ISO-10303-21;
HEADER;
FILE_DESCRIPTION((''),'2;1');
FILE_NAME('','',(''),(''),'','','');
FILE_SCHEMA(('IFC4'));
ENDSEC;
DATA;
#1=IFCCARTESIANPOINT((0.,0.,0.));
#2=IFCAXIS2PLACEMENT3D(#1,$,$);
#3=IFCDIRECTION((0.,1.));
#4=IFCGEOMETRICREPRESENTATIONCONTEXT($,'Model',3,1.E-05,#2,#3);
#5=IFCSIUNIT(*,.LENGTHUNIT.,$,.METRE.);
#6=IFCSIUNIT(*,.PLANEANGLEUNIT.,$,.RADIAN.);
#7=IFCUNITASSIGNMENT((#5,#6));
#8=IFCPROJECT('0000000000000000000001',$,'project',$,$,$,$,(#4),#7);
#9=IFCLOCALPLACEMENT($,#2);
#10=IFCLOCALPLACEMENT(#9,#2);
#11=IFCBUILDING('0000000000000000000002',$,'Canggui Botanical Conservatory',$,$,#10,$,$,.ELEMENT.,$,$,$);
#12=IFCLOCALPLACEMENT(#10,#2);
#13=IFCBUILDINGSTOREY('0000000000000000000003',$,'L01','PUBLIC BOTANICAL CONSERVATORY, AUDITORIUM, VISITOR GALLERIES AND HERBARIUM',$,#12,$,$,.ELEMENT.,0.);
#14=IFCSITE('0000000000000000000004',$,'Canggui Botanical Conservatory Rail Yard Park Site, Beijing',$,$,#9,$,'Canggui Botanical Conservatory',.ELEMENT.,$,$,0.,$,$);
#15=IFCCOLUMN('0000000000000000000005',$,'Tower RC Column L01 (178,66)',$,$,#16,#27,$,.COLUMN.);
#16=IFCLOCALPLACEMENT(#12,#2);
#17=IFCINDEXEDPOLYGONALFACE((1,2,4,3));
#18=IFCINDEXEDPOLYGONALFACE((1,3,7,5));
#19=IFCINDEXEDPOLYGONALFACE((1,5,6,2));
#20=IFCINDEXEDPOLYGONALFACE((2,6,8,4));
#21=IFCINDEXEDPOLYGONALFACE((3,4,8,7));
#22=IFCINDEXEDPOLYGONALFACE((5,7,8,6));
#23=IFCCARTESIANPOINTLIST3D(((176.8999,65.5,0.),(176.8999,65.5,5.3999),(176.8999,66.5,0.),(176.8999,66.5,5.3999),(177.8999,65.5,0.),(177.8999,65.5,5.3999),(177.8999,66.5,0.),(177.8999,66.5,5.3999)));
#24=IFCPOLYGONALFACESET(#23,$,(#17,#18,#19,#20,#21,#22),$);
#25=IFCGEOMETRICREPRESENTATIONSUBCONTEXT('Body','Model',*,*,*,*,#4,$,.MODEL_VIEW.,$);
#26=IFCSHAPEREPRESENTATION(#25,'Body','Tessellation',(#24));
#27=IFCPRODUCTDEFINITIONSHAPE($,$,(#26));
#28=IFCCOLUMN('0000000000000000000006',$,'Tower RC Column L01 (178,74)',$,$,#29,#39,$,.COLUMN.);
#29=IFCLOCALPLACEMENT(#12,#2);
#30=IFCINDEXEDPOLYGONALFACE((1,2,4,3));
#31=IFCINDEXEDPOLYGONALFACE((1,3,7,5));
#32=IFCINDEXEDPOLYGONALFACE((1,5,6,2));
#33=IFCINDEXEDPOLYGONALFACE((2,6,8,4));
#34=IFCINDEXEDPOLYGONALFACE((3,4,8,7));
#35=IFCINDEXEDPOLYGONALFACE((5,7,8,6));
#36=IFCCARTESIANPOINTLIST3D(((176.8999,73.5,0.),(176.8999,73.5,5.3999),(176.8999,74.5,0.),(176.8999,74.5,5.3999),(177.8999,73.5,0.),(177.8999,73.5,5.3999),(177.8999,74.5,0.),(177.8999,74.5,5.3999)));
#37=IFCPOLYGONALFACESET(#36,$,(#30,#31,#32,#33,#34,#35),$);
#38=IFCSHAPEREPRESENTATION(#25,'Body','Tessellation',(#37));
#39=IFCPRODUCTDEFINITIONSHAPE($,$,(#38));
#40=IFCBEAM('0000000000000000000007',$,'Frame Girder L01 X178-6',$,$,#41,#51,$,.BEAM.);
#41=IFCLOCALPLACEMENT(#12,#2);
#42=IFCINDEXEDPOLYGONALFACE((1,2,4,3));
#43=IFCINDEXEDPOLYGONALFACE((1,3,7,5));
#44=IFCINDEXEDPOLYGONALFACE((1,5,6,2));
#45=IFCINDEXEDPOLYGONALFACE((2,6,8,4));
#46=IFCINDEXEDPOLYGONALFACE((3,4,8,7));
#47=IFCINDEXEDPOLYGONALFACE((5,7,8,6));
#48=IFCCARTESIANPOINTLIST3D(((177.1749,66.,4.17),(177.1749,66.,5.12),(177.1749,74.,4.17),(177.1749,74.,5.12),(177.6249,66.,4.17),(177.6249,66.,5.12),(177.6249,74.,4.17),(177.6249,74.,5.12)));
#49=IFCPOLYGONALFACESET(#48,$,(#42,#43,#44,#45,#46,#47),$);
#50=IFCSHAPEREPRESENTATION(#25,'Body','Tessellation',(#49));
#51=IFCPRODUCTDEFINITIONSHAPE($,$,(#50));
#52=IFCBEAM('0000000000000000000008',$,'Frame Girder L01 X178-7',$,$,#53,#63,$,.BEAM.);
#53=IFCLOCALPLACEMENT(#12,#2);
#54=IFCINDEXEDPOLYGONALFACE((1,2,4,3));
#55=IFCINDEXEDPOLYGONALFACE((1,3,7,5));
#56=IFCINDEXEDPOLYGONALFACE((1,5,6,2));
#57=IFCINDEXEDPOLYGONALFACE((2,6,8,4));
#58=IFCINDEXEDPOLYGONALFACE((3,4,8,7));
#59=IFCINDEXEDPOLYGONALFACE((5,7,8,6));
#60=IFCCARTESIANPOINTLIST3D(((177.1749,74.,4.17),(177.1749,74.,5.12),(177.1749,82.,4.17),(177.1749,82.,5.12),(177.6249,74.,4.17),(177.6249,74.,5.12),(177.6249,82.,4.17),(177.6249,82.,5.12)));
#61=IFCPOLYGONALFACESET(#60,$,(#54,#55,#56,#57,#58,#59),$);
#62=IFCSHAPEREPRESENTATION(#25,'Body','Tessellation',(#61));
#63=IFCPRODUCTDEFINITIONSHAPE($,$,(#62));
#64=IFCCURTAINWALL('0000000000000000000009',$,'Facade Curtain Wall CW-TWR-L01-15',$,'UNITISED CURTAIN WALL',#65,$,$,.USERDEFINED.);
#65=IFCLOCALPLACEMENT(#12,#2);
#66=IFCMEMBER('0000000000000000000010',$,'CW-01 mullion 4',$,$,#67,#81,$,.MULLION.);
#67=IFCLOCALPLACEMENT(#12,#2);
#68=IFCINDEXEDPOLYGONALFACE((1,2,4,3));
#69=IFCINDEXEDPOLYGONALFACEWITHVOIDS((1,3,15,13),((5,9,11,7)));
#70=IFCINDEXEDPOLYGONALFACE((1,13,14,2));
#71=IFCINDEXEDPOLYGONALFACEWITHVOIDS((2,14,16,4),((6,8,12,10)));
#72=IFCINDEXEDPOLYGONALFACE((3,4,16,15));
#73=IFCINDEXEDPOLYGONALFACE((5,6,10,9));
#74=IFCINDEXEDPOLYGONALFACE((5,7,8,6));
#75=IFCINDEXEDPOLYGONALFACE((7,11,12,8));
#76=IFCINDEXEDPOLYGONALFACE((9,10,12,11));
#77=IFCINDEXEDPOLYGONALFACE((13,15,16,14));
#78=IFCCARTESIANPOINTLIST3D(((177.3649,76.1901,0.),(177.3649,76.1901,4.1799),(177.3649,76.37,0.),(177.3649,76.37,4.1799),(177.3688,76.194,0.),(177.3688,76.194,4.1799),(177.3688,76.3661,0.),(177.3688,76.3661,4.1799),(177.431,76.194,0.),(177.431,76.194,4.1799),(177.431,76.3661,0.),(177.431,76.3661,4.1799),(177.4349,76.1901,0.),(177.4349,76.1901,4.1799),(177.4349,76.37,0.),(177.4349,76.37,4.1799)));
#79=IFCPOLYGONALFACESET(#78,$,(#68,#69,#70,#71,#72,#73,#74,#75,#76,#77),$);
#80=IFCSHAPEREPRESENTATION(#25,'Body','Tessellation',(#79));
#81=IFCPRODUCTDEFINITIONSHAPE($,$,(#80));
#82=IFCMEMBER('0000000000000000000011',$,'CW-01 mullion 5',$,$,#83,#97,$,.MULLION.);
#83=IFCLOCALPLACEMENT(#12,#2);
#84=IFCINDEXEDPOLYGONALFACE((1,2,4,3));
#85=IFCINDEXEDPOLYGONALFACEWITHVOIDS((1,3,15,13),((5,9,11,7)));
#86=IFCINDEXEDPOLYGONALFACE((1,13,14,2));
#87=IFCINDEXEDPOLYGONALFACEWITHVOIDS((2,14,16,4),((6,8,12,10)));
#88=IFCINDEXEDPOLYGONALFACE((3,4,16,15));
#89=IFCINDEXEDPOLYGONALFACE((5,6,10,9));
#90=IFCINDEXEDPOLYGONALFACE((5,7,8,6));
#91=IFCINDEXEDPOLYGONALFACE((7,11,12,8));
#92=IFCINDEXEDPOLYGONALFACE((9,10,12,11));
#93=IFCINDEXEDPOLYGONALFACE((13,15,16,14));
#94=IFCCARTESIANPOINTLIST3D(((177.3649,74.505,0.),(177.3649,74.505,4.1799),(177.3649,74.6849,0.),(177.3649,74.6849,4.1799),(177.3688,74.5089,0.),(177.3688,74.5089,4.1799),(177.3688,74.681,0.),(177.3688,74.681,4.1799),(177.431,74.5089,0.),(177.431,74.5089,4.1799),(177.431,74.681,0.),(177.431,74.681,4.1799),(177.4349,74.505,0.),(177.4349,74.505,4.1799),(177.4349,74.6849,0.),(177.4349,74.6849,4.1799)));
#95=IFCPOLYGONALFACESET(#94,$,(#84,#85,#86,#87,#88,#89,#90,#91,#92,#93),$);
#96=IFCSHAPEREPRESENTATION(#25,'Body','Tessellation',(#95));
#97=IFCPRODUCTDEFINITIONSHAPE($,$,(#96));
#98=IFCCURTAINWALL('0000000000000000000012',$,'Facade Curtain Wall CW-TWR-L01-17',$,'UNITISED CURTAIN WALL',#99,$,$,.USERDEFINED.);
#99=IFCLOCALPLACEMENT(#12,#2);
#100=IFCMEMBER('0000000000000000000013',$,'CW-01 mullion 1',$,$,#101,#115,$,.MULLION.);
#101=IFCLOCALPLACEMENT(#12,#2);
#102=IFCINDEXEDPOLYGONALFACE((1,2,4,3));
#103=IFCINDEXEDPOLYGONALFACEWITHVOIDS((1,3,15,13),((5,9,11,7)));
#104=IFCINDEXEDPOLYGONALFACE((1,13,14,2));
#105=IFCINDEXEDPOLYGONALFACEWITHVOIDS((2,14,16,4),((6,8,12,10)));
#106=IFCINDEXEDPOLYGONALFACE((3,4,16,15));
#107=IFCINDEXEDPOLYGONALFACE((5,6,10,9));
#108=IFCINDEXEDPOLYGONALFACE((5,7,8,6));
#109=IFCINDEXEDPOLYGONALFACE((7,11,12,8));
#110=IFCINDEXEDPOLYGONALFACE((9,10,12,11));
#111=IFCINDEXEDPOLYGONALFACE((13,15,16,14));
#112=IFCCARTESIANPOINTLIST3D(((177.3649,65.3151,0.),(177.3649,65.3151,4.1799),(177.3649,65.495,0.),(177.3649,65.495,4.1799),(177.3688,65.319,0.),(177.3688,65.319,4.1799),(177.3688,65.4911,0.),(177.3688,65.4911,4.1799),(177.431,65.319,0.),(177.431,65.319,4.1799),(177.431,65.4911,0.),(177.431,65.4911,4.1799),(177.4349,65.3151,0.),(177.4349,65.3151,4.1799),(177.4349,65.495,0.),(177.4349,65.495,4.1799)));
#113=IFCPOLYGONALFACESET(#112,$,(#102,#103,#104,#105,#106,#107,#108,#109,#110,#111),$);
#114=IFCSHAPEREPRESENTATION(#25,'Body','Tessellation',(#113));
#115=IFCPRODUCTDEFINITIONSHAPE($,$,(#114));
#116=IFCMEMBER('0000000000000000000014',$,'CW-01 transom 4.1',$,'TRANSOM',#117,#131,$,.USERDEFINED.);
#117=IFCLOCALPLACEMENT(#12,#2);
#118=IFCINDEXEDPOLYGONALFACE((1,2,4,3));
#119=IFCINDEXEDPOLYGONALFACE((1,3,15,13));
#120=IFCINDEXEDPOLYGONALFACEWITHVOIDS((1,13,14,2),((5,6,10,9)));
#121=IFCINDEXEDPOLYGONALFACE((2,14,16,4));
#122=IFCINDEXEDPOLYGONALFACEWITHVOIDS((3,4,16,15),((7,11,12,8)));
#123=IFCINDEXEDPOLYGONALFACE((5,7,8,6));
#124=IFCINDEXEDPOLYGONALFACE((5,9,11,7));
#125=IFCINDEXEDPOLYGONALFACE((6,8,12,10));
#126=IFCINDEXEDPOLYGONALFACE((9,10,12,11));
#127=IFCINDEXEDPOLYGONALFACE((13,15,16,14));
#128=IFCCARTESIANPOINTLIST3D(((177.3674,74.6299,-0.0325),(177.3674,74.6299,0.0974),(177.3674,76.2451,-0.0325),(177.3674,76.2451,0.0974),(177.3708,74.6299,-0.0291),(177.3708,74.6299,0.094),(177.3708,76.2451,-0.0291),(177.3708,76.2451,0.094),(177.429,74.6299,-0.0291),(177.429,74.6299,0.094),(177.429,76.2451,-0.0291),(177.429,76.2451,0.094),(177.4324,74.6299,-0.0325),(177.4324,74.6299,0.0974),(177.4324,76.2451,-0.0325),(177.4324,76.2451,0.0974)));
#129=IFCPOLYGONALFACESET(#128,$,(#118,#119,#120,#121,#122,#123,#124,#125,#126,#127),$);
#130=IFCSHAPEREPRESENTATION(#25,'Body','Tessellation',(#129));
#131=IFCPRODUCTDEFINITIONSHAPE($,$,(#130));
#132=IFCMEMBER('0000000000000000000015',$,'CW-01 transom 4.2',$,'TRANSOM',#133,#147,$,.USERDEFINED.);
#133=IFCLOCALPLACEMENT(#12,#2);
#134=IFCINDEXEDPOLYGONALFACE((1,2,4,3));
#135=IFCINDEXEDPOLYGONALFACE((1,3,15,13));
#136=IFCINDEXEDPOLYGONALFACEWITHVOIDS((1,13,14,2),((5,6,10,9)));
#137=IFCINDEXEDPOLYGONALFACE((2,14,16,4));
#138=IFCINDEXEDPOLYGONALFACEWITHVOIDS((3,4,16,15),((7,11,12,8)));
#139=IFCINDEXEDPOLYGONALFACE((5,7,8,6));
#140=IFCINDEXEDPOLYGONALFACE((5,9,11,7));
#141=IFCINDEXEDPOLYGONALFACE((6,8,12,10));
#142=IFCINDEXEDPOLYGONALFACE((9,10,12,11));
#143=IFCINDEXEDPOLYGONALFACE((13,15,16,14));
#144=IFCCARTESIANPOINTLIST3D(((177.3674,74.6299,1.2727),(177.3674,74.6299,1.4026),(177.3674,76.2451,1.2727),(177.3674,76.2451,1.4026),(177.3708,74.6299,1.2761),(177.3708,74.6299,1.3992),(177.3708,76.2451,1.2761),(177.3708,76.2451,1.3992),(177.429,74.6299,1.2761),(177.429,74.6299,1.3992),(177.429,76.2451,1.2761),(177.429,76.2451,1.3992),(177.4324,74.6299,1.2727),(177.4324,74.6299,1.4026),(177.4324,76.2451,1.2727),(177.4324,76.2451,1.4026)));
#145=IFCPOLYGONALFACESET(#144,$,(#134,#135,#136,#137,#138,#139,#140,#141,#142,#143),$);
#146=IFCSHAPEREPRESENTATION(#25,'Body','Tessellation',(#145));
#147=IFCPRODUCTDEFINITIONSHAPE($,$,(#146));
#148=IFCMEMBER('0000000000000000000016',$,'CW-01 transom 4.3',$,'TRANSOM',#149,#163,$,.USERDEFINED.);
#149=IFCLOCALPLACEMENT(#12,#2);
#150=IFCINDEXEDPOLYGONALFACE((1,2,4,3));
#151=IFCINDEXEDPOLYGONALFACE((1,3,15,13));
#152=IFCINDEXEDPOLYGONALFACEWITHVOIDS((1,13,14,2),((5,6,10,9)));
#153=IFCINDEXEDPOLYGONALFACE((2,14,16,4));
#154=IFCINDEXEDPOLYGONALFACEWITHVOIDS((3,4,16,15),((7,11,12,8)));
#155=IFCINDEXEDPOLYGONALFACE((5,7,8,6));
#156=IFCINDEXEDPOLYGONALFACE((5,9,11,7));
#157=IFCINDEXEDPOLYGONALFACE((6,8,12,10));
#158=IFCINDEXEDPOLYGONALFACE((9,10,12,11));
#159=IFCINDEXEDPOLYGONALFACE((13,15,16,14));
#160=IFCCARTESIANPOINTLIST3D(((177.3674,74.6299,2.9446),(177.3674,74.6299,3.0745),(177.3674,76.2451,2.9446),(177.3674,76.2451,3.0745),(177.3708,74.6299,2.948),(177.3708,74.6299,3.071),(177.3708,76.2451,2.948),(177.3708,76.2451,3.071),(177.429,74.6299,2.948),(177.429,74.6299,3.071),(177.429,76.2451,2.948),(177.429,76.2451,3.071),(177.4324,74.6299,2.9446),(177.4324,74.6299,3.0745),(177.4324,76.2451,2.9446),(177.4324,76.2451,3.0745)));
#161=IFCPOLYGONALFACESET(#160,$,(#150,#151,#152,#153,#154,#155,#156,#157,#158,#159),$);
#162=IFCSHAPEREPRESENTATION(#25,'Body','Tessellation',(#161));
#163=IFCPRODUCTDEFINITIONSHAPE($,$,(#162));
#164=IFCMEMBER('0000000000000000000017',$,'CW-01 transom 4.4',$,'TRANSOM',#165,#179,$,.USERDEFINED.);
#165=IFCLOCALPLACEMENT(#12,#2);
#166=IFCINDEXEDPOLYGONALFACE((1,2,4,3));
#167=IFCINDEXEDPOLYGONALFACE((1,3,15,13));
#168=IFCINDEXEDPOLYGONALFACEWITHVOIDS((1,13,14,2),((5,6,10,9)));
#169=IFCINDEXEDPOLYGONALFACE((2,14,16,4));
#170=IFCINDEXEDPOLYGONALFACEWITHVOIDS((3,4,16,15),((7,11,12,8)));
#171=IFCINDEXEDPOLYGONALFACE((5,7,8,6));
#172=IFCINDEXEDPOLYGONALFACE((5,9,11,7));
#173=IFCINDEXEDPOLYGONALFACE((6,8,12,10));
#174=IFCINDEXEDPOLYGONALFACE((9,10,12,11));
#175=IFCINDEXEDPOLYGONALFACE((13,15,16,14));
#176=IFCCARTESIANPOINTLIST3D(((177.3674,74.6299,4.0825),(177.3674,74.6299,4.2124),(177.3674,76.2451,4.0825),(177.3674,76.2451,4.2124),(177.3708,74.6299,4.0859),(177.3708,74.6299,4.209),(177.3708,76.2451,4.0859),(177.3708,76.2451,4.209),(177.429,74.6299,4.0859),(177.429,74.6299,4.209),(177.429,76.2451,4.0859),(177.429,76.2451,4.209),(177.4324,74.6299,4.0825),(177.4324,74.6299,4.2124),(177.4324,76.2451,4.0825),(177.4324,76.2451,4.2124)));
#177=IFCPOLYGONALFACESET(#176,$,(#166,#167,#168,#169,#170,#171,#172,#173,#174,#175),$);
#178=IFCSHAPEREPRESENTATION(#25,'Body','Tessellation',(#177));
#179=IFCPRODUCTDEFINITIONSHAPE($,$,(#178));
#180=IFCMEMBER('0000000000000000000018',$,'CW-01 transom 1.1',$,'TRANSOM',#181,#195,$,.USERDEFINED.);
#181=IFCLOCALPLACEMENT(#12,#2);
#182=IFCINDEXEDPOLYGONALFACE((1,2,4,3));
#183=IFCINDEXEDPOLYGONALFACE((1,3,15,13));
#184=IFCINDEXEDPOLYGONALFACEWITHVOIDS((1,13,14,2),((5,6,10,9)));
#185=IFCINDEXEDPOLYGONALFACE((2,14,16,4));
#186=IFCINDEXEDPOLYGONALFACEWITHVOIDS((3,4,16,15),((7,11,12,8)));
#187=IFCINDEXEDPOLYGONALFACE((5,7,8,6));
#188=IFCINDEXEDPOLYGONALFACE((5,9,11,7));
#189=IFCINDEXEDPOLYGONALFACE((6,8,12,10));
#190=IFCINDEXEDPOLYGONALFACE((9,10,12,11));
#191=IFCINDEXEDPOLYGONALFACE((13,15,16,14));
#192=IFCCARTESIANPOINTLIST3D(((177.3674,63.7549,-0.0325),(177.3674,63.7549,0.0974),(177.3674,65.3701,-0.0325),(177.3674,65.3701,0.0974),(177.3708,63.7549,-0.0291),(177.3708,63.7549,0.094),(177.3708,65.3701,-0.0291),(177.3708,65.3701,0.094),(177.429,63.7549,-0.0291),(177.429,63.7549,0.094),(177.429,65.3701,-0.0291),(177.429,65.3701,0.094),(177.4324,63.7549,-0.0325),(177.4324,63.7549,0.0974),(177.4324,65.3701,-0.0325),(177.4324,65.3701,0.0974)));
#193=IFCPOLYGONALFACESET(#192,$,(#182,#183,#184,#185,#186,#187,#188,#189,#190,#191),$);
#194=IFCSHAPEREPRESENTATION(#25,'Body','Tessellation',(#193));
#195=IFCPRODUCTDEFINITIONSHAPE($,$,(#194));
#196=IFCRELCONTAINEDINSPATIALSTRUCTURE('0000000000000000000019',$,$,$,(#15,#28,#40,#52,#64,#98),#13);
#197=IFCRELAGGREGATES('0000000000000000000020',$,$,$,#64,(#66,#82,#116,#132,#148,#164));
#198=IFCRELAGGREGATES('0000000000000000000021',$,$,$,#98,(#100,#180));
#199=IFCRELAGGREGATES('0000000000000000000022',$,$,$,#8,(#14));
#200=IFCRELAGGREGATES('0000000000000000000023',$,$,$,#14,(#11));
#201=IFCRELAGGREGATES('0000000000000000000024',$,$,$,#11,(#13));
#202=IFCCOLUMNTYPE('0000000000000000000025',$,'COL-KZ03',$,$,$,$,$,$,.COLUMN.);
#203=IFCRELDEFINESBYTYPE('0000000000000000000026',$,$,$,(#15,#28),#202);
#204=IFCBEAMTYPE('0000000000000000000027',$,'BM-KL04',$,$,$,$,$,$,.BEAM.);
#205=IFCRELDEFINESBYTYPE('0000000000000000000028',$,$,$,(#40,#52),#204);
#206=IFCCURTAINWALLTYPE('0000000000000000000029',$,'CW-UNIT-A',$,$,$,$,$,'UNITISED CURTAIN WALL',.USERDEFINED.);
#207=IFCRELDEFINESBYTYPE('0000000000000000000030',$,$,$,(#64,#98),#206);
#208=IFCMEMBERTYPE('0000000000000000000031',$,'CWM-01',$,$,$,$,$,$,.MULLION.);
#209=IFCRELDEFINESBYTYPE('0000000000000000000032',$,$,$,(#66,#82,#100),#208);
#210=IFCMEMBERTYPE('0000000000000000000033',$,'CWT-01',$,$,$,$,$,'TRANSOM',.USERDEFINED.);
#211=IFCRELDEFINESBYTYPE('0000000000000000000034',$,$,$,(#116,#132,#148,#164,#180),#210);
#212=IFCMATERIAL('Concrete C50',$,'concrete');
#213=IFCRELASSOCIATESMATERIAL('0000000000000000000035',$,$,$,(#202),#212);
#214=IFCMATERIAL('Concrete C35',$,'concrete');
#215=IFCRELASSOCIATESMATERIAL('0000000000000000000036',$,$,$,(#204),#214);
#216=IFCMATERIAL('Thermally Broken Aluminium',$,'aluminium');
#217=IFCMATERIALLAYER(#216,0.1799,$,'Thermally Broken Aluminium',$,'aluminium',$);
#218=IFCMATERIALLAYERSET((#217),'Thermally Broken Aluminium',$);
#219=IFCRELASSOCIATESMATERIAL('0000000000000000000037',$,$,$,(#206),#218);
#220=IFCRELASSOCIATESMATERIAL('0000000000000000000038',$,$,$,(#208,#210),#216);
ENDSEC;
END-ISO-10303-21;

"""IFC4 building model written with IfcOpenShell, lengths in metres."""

from ifc_helpers import new_model, si_unit, direction, frame, origin, origin_2d, place, context, subcontext, project, spatial, rectangle, hollow_rectangle, extrude, material, layer, layer_set, material_profile, profile_set, type_object, element, aggregate, save


model = new_model("IFC4")

# Units and contexts
model_context = context("Model", 3, precision=1e-05, world=origin(), true_north=direction((0.0, 1.0)))
body_context = subcontext(model_context, "Body", "Model", "MODEL_VIEW")
ifc_project = project(units=[si_unit("LENGTHUNIT", "METRE"), si_unit("PLANEANGLEUNIT", "RADIAN")], contexts=[model_context])

# Site, building, storey
site_placement = place(None, origin())
site = spatial("IfcSite", under=ifc_project, at=site_placement, Name="Canggui Botanical Conservatory Rail Yard Park Site, Beijing", LongName="Canggui Botanical Conservatory", CompositionType="ELEMENT", RefElevation=0.0)
building_placement = place(site_placement, origin())
building = spatial("IfcBuilding", under=site, at=building_placement, Name="Canggui Botanical Conservatory", CompositionType="ELEMENT")
storey_placement = place(building_placement, origin())
storey = spatial("IfcBuildingStorey", under=building, at=storey_placement, Name="L01", Description="PUBLIC BOTANICAL CONSERVATORY, AUDITORIUM, VISITOR GALLERIES AND HERBARIUM", CompositionType="ELEMENT", Elevation=0.0)

# Columns
ifc_material_1 = material(Name="Concrete C50", Category="concrete")
ifc_material_profile_1 = material_profile(ifc_material_1, rectangle(XDim=1.0, YDim=1.0, at=origin_2d()), Name="RC 1000x1000")
ifc_profile_set_1 = profile_set([ifc_material_profile_1], Name="Concrete C50")
column_type = type_object("IfcColumnType", Name="COL-KZ03", PredefinedType="COLUMN", material=ifc_profile_set_1)
for number, where, z_axis, x_axis, name in (
    (1, (177.3999, 66.0, 0.0), (0.0, 0.0, 1.0), (1.0, 0.0, 0.0), "Tower RC Column L01 (178,66)"),
    (2, (177.3999, 74.0, 0.0), (0.0, 0.0, 1.0), (1.0, 0.0, 0.0), "Tower RC Column L01 (178,74)"),
):
    element("IfcColumn", number, at=place(storey_placement, frame(where, z_axis=z_axis, x_axis=x_axis)), inside=storey, type_object=column_type, Name=name, PredefinedType="COLUMN", context=body_context, shape_type="SweptSolid", body=[
        extrude(rectangle(XDim=1.0, YDim=1.0, at=origin_2d()), origin(), (0.0, 0.0, 1.0), 5.3999),
    ])

# Beams
ifc_material_2 = material(Name="Concrete C35", Category="concrete")
ifc_material_profile_2 = material_profile(ifc_material_2, rectangle(XDim=0.45, YDim=0.95, at=origin_2d()), Name="RB 450x950")
ifc_profile_set_2 = profile_set([ifc_material_profile_2], Name="Concrete C35")
beam_type = type_object("IfcBeamType", Name="BM-KL04", PredefinedType="BEAM", material=ifc_profile_set_2)
for number, where, z_axis, x_axis, name in (
    (3, (177.3999, 66.0, 4.645), (0.0, 1.0, 0.0), (-1.0, 0.0, 0.0), "Frame Girder L01 X178-6"),
    (4, (177.3999, 74.0, 4.645), (0.0, 1.0, 0.0), (-1.0, 0.0, 0.0), "Frame Girder L01 X178-7"),
):
    element("IfcBeam", number, at=place(storey_placement, frame(where, z_axis=z_axis, x_axis=x_axis)), inside=storey, type_object=beam_type, Name=name, PredefinedType="BEAM", context=body_context, shape_type="SweptSolid", body=[
        extrude(rectangle(XDim=0.45, YDim=0.95, at=origin_2d()), origin(), (0.0, 0.0, 1.0), 8.0),
    ])

# Curtain wall, members
ifc_material_3 = material(Name="Thermally Broken Aluminium", Category="aluminium")
ifc_layer_1 = layer(ifc_material_3, 0.1799, Name="Thermally Broken Aluminium", Category="aluminium")
ifc_layer_set_1 = layer_set([ifc_layer_1], Name="Thermally Broken Aluminium")
curtain_wall_type = type_object("IfcCurtainWallType", Name="CW-UNIT-A", ElementType="UNITISED CURTAIN WALL", PredefinedType="USERDEFINED", material=ifc_layer_set_1)
curtain_wall_1_placement = place(storey_placement, origin())
curtain_wall_1 = element("IfcCurtainWall", 5, at=curtain_wall_1_placement, inside=storey, type_object=curtain_wall_type, Name="Facade Curtain Wall CW-TWR-L01-15", ObjectType="UNITISED CURTAIN WALL", PredefinedType="USERDEFINED")
ifc_material_profile_3 = material_profile(ifc_material_3, hollow_rectangle(XDim=0.0701, YDim=0.1799, WallThickness=0.0039, at=origin_2d()), Name="CWM 70x180x4")
ifc_profile_set_3 = profile_set([ifc_material_profile_3], Name="Thermally Broken Aluminium")
member_type_1 = type_object("IfcMemberType", Name="CWM-01", PredefinedType="MULLION", material=ifc_profile_set_3)
member_1_placement = place(storey_placement, frame((177.3999, 76.28, 0.0), z_axis=(0.0, 0.0, 1.0), x_axis=(1.0, 0.0, 0.0)))
member_1 = element("IfcMember", 6, at=member_1_placement, type_object=member_type_1, Name="CW-01 mullion 4", PredefinedType="MULLION", context=body_context, shape_type="SweptSolid", body=[
    extrude(hollow_rectangle(XDim=0.0701, YDim=0.1799, WallThickness=0.0039, at=origin_2d()), origin(), (0.0, 0.0, 1.0), 4.1799),
])
member_2_placement = place(storey_placement, frame((177.3999, 74.595, 0.0), z_axis=(0.0, 0.0, 1.0), x_axis=(1.0, 0.0, 0.0)))
member_2 = element("IfcMember", 7, at=member_2_placement, type_object=member_type_1, Name="CW-01 mullion 5", PredefinedType="MULLION", context=body_context, shape_type="SweptSolid", body=[
    extrude(hollow_rectangle(XDim=0.0701, YDim=0.1799, WallThickness=0.0039, at=origin_2d()), origin(), (0.0, 0.0, 1.0), 4.1799),
])

# Curtain wall, member
curtain_wall_2_placement = place(storey_placement, origin())
curtain_wall_2 = element("IfcCurtainWall", 8, at=curtain_wall_2_placement, inside=storey, type_object=curtain_wall_type, Name="Facade Curtain Wall CW-TWR-L01-17", ObjectType="UNITISED CURTAIN WALL", PredefinedType="USERDEFINED")
member_3_placement = place(storey_placement, frame((177.3999, 65.405, 0.0), z_axis=(0.0, 0.0, 1.0), x_axis=(1.0, 0.0, 0.0)))
member_3 = element("IfcMember", 9, at=member_3_placement, type_object=member_type_1, Name="CW-01 mullion 1", PredefinedType="MULLION", context=body_context, shape_type="SweptSolid", body=[
    extrude(hollow_rectangle(XDim=0.0701, YDim=0.1799, WallThickness=0.0039, at=origin_2d()), origin(), (0.0, 0.0, 1.0), 4.1799),
])

# Members
ifc_material_profile_4 = material_profile(ifc_material_3, hollow_rectangle(XDim=0.0649, YDim=0.1299, WallThickness=0.0034, at=origin_2d()), Name="CWT 65x130x3.5")
ifc_profile_set_4 = profile_set([ifc_material_profile_4], Name="Thermally Broken Aluminium")
member_type_2 = type_object("IfcMemberType", Name="CWT-01", ElementType="TRANSOM", PredefinedType="USERDEFINED", material=ifc_profile_set_4)
member_4_placement = place(storey_placement, frame((177.3999, 76.2451, 0.0325), z_axis=(0.0, -1.0, 0.0), x_axis=(1.0, 0.0, 0.0)))
member_4 = element("IfcMember", 10, at=member_4_placement, type_object=member_type_2, Name="CW-01 transom 4.1", ObjectType="TRANSOM", PredefinedType="USERDEFINED", context=body_context, shape_type="SweptSolid", body=[
    extrude(hollow_rectangle(XDim=0.0649, YDim=0.1299, WallThickness=0.0034, at=origin_2d()), origin(), (0.0, 0.0, 1.0), 1.6152),
])
member_5_placement = place(storey_placement, frame((177.3999, 76.2451, 1.3376), z_axis=(0.0, -1.0, 0.0), x_axis=(1.0, 0.0, 0.0)))
member_5 = element("IfcMember", 11, at=member_5_placement, type_object=member_type_2, Name="CW-01 transom 4.2", ObjectType="TRANSOM", PredefinedType="USERDEFINED", context=body_context, shape_type="SweptSolid", body=[
    extrude(hollow_rectangle(XDim=0.0649, YDim=0.1299, WallThickness=0.0034, at=origin_2d()), origin(), (0.0, 0.0, 1.0), 1.6152),
])
member_6_placement = place(storey_placement, frame((177.3999, 76.2451, 3.0095), z_axis=(0.0, -1.0, 0.0), x_axis=(1.0, 0.0, 0.0)))
member_6 = element("IfcMember", 12, at=member_6_placement, type_object=member_type_2, Name="CW-01 transom 4.3", ObjectType="TRANSOM", PredefinedType="USERDEFINED", context=body_context, shape_type="SweptSolid", body=[
    extrude(hollow_rectangle(XDim=0.0649, YDim=0.1299, WallThickness=0.0034, at=origin_2d()), origin(), (0.0, 0.0, 1.0), 1.6152),
])
member_7_placement = place(storey_placement, frame((177.3999, 76.2451, 4.1475), z_axis=(0.0, -1.0, 0.0), x_axis=(1.0, 0.0, 0.0)))
member_7 = element("IfcMember", 13, at=member_7_placement, type_object=member_type_2, Name="CW-01 transom 4.4", ObjectType="TRANSOM", PredefinedType="USERDEFINED", context=body_context, shape_type="SweptSolid", body=[
    extrude(hollow_rectangle(XDim=0.0649, YDim=0.1299, WallThickness=0.0034, at=origin_2d()), origin(), (0.0, 0.0, 1.0), 1.6152),
])
member_8_placement = place(storey_placement, frame((177.3999, 65.3701, 0.0325), z_axis=(0.0, -1.0, 0.0), x_axis=(1.0, 0.0, 0.0)))
member_8 = element("IfcMember", 14, at=member_8_placement, type_object=member_type_2, Name="CW-01 transom 1.1", ObjectType="TRANSOM", PredefinedType="USERDEFINED", context=body_context, shape_type="SweptSolid", body=[
    extrude(hollow_rectangle(XDim=0.0649, YDim=0.1299, WallThickness=0.0034, at=origin_2d()), origin(), (0.0, 0.0, 1.0), 1.6152),
])

aggregate(curtain_wall_1, [member_1, member_2, member_4, member_5, member_6, member_7])
aggregate(curtain_wall_2, [member_3, member_8])

save(model, "model.ifc")
